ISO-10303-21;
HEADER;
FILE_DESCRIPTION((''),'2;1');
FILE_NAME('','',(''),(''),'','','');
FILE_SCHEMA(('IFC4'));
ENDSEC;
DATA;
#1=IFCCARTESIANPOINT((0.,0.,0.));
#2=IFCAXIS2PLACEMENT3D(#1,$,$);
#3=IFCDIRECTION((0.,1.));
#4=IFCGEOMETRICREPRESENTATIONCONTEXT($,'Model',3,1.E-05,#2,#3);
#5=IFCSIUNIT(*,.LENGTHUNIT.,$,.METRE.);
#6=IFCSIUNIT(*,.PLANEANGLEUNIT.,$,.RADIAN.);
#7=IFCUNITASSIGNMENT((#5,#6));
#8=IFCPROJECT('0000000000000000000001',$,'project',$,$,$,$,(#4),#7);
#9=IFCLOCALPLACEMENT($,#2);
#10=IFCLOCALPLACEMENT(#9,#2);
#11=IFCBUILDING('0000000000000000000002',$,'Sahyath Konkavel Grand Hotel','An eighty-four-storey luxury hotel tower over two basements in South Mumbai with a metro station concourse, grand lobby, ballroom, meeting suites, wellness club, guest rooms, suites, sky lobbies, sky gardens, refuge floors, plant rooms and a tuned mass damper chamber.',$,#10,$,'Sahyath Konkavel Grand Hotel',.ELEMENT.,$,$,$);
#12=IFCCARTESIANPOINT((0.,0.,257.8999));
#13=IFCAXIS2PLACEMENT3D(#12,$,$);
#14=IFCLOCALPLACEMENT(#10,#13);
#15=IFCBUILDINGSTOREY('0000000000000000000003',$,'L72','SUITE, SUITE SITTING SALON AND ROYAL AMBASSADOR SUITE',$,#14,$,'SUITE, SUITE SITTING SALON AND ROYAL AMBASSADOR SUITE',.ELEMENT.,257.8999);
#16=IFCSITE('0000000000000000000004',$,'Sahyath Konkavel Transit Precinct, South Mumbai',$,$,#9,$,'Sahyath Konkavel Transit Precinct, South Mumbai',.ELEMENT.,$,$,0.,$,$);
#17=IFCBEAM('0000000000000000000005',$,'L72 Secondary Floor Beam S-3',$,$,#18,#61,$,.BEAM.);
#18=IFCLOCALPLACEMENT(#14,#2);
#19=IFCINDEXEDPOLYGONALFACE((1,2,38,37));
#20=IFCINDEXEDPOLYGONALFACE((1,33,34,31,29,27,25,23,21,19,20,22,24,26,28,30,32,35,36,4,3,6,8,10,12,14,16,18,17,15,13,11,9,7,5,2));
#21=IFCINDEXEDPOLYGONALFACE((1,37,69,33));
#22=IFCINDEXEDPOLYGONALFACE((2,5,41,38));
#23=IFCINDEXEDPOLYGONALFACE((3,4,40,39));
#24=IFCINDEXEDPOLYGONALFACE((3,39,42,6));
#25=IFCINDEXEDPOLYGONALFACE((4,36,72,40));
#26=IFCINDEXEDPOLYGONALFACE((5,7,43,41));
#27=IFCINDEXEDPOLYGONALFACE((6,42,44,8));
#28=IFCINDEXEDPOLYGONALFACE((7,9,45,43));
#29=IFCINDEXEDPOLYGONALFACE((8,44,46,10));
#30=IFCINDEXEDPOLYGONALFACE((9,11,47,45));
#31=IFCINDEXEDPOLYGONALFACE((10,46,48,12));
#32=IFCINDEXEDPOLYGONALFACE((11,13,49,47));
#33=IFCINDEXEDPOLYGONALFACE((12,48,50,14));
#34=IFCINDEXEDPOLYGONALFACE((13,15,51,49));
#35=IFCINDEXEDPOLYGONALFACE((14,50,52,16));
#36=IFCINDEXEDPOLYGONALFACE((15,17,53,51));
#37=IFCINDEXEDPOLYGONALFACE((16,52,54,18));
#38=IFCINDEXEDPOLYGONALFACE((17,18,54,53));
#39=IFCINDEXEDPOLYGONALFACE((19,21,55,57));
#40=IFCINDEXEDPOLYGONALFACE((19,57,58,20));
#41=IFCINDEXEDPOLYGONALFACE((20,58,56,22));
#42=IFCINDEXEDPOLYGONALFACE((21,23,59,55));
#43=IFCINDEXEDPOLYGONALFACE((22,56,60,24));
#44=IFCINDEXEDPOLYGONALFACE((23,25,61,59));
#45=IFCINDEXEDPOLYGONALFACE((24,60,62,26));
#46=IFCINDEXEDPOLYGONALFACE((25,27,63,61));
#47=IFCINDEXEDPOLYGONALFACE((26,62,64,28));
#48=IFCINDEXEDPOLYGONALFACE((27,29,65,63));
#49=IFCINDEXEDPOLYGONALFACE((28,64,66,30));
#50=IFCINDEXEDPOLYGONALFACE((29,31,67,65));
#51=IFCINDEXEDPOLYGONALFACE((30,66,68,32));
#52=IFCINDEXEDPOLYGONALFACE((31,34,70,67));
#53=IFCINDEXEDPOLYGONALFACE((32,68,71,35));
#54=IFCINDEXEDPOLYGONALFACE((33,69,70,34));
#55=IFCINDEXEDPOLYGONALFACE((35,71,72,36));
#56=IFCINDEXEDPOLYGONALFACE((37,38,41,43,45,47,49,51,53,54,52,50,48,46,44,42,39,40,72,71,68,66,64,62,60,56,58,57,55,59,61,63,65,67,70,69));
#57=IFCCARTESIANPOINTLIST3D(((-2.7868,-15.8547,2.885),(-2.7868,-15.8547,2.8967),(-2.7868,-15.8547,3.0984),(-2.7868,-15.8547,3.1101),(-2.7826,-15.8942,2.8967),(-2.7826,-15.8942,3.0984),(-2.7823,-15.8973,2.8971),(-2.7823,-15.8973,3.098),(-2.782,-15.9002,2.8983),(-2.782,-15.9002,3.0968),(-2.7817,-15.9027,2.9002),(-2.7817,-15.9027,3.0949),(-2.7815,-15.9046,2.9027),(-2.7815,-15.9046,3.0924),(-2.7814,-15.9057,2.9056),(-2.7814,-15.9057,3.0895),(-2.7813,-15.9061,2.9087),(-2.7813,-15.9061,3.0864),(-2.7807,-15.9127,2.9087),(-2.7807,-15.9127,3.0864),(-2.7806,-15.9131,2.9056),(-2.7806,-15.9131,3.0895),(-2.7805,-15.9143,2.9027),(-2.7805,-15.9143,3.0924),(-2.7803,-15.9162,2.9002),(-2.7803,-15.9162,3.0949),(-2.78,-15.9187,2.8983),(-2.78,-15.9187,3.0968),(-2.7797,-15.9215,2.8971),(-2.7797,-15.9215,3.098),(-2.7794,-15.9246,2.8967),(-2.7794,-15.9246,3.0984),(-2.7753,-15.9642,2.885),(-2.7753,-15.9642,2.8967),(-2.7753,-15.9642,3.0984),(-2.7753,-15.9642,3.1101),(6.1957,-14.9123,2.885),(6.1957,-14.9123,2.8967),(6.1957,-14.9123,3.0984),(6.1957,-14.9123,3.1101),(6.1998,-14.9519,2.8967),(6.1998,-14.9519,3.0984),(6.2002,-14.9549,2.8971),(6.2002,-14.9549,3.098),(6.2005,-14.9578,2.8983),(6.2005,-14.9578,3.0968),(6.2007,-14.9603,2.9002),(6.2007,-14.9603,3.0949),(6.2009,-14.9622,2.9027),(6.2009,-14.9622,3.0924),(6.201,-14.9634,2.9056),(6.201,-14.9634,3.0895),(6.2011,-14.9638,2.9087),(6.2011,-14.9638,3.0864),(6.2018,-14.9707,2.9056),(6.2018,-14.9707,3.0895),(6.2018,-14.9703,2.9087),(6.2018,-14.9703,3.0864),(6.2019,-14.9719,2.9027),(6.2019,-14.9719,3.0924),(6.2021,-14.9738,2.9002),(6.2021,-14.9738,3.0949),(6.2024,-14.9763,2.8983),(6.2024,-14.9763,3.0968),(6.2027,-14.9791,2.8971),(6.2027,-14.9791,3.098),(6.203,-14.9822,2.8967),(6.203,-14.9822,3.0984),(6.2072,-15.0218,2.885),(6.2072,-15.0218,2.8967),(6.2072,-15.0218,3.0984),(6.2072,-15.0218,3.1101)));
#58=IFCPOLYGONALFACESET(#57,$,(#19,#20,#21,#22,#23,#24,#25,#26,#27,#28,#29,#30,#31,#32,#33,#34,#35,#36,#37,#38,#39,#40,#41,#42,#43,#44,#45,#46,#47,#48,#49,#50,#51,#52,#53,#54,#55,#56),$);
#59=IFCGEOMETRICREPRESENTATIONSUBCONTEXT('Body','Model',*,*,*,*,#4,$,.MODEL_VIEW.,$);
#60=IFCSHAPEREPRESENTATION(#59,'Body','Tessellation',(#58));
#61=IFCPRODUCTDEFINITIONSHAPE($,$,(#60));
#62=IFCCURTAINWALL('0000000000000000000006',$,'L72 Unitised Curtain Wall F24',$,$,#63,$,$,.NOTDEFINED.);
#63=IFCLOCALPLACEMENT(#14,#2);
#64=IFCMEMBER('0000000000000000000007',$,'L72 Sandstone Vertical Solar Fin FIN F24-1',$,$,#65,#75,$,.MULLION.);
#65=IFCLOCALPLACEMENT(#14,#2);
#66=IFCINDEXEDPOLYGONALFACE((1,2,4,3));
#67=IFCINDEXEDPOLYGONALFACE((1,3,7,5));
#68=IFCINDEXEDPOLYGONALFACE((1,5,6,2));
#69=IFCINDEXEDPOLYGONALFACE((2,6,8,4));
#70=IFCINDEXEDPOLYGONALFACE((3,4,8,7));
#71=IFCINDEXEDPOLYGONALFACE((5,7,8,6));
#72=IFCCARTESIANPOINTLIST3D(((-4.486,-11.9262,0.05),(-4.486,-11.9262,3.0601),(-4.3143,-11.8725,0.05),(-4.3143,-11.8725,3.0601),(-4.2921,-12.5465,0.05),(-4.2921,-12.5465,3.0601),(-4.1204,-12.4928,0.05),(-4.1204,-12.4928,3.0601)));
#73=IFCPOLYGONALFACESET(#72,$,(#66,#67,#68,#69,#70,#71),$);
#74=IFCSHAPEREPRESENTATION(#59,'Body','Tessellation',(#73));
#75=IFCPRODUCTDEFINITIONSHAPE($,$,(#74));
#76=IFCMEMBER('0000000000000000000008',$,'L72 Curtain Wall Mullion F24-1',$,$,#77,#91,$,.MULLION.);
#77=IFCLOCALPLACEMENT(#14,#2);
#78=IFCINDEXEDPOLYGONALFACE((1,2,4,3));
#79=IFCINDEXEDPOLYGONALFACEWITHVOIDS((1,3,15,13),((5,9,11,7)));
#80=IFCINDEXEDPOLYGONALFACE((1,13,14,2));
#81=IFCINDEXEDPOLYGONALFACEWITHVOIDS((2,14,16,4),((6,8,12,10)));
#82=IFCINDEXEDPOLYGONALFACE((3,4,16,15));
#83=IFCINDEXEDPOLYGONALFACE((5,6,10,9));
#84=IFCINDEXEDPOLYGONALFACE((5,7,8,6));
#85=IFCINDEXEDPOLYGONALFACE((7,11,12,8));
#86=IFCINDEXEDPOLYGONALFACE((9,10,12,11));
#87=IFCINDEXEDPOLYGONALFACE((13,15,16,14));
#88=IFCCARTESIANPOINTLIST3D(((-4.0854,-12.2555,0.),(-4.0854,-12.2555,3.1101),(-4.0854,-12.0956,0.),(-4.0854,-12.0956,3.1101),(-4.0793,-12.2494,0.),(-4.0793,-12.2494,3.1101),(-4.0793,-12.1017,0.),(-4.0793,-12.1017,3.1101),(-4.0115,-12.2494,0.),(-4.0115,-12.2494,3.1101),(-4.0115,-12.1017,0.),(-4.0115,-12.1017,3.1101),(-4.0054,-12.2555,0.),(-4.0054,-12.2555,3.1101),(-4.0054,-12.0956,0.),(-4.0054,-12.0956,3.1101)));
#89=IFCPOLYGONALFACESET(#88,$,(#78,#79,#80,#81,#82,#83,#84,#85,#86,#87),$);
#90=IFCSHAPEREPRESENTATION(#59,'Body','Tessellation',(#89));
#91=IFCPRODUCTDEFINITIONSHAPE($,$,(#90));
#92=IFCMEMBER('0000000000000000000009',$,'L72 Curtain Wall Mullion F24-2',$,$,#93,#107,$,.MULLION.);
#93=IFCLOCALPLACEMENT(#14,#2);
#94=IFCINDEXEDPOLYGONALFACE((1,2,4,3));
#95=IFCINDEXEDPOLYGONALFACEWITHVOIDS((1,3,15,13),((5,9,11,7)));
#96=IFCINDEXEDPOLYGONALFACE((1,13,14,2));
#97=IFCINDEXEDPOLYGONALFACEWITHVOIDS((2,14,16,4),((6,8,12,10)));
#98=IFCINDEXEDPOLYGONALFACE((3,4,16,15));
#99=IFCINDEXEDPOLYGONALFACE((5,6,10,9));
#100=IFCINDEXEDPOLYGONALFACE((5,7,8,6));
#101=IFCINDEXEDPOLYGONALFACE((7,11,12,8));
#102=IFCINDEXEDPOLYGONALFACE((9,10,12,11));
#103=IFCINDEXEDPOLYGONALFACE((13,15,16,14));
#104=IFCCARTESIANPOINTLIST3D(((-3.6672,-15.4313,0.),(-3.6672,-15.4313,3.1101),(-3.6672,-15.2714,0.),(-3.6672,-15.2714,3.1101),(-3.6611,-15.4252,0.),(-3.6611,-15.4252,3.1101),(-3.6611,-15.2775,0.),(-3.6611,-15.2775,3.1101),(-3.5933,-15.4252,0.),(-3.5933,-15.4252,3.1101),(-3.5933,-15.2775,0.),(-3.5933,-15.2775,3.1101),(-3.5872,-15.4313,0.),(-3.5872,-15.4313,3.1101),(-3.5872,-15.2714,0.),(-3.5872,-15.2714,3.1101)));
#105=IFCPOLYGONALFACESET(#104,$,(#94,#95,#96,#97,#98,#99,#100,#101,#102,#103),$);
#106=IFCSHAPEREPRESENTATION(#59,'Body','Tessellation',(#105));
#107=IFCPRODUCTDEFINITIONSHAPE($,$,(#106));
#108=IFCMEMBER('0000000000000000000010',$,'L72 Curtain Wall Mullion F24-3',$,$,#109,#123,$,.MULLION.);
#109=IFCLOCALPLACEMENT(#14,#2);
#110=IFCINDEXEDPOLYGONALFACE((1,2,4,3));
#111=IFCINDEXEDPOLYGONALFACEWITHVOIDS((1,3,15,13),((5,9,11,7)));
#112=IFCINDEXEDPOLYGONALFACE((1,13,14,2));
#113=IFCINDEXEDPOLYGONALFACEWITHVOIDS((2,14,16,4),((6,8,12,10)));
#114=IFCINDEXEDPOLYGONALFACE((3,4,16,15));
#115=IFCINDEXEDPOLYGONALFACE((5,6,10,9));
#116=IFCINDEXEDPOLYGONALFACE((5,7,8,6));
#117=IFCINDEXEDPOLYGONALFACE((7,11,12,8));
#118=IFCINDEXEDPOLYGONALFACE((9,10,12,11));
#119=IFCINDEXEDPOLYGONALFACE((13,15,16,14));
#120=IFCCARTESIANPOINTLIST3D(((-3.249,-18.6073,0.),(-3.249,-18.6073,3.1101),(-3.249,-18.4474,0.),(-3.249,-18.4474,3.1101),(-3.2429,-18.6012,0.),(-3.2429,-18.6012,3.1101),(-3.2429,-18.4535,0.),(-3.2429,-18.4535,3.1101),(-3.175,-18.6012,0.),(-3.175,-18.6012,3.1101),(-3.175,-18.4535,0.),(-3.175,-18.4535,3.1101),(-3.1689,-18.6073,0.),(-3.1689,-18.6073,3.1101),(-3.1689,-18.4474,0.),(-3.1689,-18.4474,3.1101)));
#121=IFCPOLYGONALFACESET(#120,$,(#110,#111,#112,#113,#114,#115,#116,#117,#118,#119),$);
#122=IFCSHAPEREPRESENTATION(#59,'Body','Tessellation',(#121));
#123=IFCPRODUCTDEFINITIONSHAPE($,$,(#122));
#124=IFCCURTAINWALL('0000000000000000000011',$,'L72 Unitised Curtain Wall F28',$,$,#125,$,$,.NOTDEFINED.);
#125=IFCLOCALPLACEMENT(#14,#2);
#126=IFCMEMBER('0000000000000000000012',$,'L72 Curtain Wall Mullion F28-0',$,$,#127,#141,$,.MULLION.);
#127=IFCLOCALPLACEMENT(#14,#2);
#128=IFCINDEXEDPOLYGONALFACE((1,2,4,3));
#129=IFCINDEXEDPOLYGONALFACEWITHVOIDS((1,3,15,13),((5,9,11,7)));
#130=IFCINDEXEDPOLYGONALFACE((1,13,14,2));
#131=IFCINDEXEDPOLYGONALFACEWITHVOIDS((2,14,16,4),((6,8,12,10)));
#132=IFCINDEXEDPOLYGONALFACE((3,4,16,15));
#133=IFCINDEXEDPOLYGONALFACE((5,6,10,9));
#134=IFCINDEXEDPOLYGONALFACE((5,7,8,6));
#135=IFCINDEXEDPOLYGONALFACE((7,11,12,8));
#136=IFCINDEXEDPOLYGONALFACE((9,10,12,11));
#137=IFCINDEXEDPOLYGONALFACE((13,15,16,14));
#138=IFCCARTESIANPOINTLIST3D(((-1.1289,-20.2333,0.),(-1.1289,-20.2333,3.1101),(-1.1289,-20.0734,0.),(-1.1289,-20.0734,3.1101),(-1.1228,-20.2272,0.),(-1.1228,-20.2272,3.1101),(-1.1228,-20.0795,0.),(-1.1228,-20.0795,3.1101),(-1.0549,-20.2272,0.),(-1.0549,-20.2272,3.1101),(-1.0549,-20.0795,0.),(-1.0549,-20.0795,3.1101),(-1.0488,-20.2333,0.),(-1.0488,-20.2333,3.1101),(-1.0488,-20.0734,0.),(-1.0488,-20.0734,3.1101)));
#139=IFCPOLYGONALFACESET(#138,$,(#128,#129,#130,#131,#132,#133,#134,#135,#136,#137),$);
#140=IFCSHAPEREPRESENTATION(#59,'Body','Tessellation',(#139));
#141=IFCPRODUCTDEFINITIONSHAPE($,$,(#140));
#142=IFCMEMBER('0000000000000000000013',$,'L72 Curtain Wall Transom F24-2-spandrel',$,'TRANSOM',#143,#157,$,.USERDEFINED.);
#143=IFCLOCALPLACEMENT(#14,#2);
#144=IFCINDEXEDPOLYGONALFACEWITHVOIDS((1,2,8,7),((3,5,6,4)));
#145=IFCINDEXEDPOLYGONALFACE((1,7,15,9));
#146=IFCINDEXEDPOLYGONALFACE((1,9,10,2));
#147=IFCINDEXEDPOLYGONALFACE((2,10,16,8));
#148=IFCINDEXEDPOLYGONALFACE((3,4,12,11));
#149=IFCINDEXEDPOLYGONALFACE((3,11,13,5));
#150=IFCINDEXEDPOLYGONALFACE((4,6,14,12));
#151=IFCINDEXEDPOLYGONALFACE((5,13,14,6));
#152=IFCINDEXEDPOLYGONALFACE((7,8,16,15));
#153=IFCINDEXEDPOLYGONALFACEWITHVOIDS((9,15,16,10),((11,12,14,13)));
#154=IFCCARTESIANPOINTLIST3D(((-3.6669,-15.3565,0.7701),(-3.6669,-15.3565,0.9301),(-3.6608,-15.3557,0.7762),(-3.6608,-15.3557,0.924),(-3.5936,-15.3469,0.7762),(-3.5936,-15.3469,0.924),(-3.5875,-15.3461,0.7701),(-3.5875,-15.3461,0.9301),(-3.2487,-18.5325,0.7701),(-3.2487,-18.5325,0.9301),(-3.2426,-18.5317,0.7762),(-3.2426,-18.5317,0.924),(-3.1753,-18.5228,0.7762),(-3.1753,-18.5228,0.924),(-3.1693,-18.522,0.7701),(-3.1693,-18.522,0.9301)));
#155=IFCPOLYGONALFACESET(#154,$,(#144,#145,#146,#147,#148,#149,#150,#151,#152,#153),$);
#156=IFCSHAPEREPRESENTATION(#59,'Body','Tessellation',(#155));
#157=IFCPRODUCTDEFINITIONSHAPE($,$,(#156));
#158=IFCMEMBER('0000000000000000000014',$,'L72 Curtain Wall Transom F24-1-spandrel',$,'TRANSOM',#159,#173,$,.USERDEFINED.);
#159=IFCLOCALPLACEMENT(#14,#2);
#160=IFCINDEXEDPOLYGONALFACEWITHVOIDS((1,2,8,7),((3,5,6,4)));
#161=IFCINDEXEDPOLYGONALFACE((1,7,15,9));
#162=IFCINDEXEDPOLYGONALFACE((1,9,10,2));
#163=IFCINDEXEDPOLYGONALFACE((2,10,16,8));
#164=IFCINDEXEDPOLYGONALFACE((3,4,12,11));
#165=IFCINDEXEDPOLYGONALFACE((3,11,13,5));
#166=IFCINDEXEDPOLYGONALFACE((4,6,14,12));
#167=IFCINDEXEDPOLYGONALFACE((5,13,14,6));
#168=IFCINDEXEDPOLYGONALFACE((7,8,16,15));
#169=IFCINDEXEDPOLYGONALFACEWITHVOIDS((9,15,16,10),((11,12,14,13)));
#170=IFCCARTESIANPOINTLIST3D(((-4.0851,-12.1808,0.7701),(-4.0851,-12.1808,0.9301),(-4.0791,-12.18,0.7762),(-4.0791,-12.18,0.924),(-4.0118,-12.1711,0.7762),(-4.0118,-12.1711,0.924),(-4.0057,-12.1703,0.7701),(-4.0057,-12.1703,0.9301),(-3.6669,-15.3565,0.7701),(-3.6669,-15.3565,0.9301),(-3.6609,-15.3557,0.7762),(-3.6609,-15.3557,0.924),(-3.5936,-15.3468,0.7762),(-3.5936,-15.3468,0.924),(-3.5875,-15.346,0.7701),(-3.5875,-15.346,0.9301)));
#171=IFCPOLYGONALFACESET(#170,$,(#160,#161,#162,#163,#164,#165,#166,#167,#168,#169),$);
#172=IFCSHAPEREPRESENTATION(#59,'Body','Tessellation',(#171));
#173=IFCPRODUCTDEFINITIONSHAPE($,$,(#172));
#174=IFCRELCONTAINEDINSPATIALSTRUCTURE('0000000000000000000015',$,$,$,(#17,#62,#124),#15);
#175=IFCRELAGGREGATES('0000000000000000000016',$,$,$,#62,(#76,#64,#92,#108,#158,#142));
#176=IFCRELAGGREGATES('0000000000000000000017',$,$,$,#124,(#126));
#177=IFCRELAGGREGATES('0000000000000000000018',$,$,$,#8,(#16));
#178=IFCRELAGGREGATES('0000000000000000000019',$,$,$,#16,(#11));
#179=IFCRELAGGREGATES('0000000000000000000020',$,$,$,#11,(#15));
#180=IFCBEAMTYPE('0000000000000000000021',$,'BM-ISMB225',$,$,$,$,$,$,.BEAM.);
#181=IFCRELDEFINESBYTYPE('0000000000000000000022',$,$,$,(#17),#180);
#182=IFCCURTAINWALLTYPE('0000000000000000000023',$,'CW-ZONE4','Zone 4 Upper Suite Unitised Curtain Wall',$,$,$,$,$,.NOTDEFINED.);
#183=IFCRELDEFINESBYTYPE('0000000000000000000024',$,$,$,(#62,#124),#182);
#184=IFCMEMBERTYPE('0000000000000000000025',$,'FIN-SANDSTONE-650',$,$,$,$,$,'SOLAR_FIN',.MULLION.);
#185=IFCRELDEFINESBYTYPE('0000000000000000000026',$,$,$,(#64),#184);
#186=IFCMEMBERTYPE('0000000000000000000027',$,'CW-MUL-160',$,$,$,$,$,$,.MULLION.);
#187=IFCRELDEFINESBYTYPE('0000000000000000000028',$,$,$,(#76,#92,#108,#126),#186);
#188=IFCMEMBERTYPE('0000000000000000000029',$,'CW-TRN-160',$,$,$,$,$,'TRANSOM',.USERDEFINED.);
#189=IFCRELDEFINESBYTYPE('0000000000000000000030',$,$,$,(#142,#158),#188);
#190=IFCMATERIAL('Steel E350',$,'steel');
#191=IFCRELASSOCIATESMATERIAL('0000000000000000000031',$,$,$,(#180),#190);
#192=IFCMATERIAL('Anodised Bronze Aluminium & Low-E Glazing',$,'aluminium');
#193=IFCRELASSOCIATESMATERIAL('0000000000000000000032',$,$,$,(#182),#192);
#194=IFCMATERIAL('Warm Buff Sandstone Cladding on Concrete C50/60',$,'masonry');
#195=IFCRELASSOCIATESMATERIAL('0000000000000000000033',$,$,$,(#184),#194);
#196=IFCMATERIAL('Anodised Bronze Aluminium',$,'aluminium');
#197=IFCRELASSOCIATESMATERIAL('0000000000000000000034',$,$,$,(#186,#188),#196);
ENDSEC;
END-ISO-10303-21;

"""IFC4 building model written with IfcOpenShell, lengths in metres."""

from ifc_helpers import new_model, si_unit, direction, frame, origin, origin_2d, place, context, subcontext, project, spatial, rectangle, hollow_rectangle, i_section, extrude, source, transform, mapped, material, material_profile, profile_set, type_object, element, aggregate, save


model = new_model("IFC4")

# Units and contexts
model_context = context("Model", 3, precision=1e-05, world=origin(), true_north=direction((0.0, 1.0)))
body_context = subcontext(model_context, "Body", "Model", "MODEL_VIEW")
ifc_project = project(units=[si_unit("LENGTHUNIT", "METRE"), si_unit("PLANEANGLEUNIT", "RADIAN")], contexts=[model_context])

# Site, building, storey
site_placement = place(None, origin())
site = spatial("IfcSite", under=ifc_project, at=site_placement, Name="Sahyath Konkavel Transit Precinct, South Mumbai", LongName="Sahyath Konkavel Transit Precinct, South Mumbai", CompositionType="ELEMENT", RefElevation=0.0)
building_placement = place(site_placement, origin())
building = spatial("IfcBuilding", under=site, at=building_placement, Name="Sahyath Konkavel Grand Hotel", Description="An eighty-four-storey luxury hotel tower over two basements in South Mumbai with a metro station concourse, grand lobby, ballroom, meeting suites, wellness club, guest rooms, suites, sky lobbies, sky gardens, refuge floors, plant rooms and a tuned mass damper chamber.", LongName="Sahyath Konkavel Grand Hotel", CompositionType="ELEMENT")
storey_placement = place(building_placement, frame((0.0, 0.0, 257.8999)))
storey = spatial("IfcBuildingStorey", under=building, at=storey_placement, Name="L72", Description="SUITE, SUITE SITTING SALON AND ROYAL AMBASSADOR SUITE", LongName="SUITE, SUITE SITTING SALON AND ROYAL AMBASSADOR SUITE", CompositionType="ELEMENT", Elevation=257.8999)

# Beam
ifc_material_1 = material(Name="Steel E350", Category="steel")
ifc_material_profile_1 = material_profile(ifc_material_1, i_section(OverallWidth=0.1101, OverallDepth=0.2251, WebThickness=0.0066, FlangeThickness=0.0117, FilletRadius=0.012, at=origin_2d()), Name="ISMB 225")
ifc_profile_set_1 = profile_set([ifc_material_profile_1], Name="Steel E350")
beam_type_1 = type_object("IfcBeamType", Name="BM-ISMB225", PredefinedType="BEAM", material=ifc_profile_set_1)
shared_shape_1 = source(origin(), body_context, "Body", "SweptSolid", [
    extrude(i_section(OverallWidth=0.1101, OverallDepth=0.2251, WebThickness=0.0066, FlangeThickness=0.0117, FilletRadius=0.012, at=origin_2d()), origin(), (0.0, 0.0, 1.0), 9.0317),
])
beam_1_placement = place(storey_placement, frame((-2.781, -15.9094, 2.9976), z_axis=(0.994542, 0.104341, 0.0), x_axis=(-0.104341, 0.994542, 0.0)))
element("IfcBeam", 1, at=beam_1_placement, inside=storey, type_object=beam_type_1, Name="L72 Secondary Floor Beam S-3", PredefinedType="BEAM", context=body_context, shape_type="MappedRepresentation", body=[
    mapped(shared_shape_1, transform((0.0, 0.0, 0.0), scale=1.0)),
])

# Curtain wall, members
ifc_material_2 = material(Name="Anodised Bronze Aluminium & Low-E Glazing", Category="aluminium")
curtain_wall_type = type_object("IfcCurtainWallType", Name="CW-ZONE4", Description="Zone 4 Upper Suite Unitised Curtain Wall", PredefinedType="NOTDEFINED", material=ifc_material_2)
curtain_wall_1_placement = place(storey_placement, origin())
curtain_wall_1 = element("IfcCurtainWall", 2, at=curtain_wall_1_placement, inside=storey, type_object=curtain_wall_type, Name="L72 Unitised Curtain Wall F24", PredefinedType="NOTDEFINED")
ifc_material_3 = material(Name="Warm Buff Sandstone Cladding on Concrete C50/60", Category="masonry")
ifc_material_profile_2 = material_profile(ifc_material_3, rectangle(XDim=0.1799, YDim=0.6499, at=origin_2d()), Name="FIN 180x650")
ifc_profile_set_2 = profile_set([ifc_material_profile_2], Name="Warm Buff Sandstone Cladding on Concrete C50/60")
member_type_1 = type_object("IfcMemberType", Name="FIN-SANDSTONE-650", ElementType="SOLAR_FIN", PredefinedType="MULLION", material=ifc_profile_set_2)
shared_shape_2 = source(origin(), body_context, "Body", "SweptSolid", [
    extrude(rectangle(XDim=0.1799, YDim=0.6499, at=origin_2d()), origin(), (0.0, 0.0, 1.0), 3.01),
])
member_1_placement = place(storey_placement, frame((-4.3032, -12.2095, 0.05), z_axis=(0.0, 0.0, 1.0), x_axis=(0.954449, 0.298375, 0.0)))
member_1 = element("IfcMember", 3, at=member_1_placement, type_object=member_type_1, Name="L72 Sandstone Vertical Solar Fin FIN F24-1", PredefinedType="MULLION", context=body_context, shape_type="MappedRepresentation", body=[
    mapped(shared_shape_2, transform((0.0, 0.0, 0.0), scale=1.0)),
])
ifc_material_4 = material(Name="Anodised Bronze Aluminium", Category="aluminium")
ifc_material_profile_3 = material_profile(ifc_material_4, hollow_rectangle(XDim=0.0801, YDim=0.1599, WallThickness=0.0061, at=origin_2d()), Name="RHS 160x80x6")
ifc_profile_set_3 = profile_set([ifc_material_profile_3], Name="Anodised Bronze Aluminium")
member_type_2 = type_object("IfcMemberType", Name="CW-MUL-160", PredefinedType="MULLION", material=ifc_profile_set_3)
shared_shape_3 = source(origin(), body_context, "Body", "SweptSolid", [
    extrude(hollow_rectangle(XDim=0.0801, YDim=0.1599, WallThickness=0.0061, at=origin_2d()), origin(), (0.0, 0.0, 1.0), 3.1101),
])
member_2_placement = place(storey_placement, frame((-4.0454, -12.1755, 0.0), z_axis=(0.0, 0.0, 1.0), x_axis=(1.0, 0.0, 0.0)))
member_2 = element("IfcMember", 4, at=member_2_placement, type_object=member_type_2, Name="L72 Curtain Wall Mullion F24-1", PredefinedType="MULLION", context=body_context, shape_type="MappedRepresentation", body=[
    mapped(shared_shape_3, transform((0.0, 0.0, 0.0), scale=1.0)),
])
member_3_placement = place(storey_placement, frame((-3.6272, -15.3513, 0.0), z_axis=(0.0, 0.0, 1.0), x_axis=(1.0, 0.0, 0.0)))
member_3 = element("IfcMember", 5, at=member_3_placement, type_object=member_type_2, Name="L72 Curtain Wall Mullion F24-2", PredefinedType="MULLION", context=body_context, shape_type="MappedRepresentation", body=[
    mapped(shared_shape_3, transform((0.0, 0.0, 0.0), scale=1.0)),
])
member_4_placement = place(storey_placement, frame((-3.209, -18.5273, 0.0), z_axis=(0.0, 0.0, 1.0), x_axis=(1.0, 0.0, 0.0)))
member_4 = element("IfcMember", 6, at=member_4_placement, type_object=member_type_2, Name="L72 Curtain Wall Mullion F24-3", PredefinedType="MULLION", context=body_context, shape_type="MappedRepresentation", body=[
    mapped(shared_shape_3, transform((0.0, 0.0, 0.0), scale=1.0)),
])

# Curtain wall, member
curtain_wall_2_placement = place(storey_placement, origin())
curtain_wall_2 = element("IfcCurtainWall", 7, at=curtain_wall_2_placement, inside=storey, type_object=curtain_wall_type, Name="L72 Unitised Curtain Wall F28", PredefinedType="NOTDEFINED")
member_5_placement = place(storey_placement, frame((-1.0889, -20.1533, 0.0), z_axis=(0.0, 0.0, 1.0), x_axis=(1.0, 0.0, 0.0)))
member_5 = element("IfcMember", 8, at=member_5_placement, type_object=member_type_2, Name="L72 Curtain Wall Mullion F28-0", PredefinedType="MULLION", context=body_context, shape_type="MappedRepresentation", body=[
    mapped(shared_shape_3, transform((0.0, 0.0, 0.0), scale=1.0)),
])

# Members
ifc_material_profile_4 = material_profile(ifc_material_4, hollow_rectangle(XDim=0.0801, YDim=0.1599, WallThickness=0.0061, at=origin_2d()), Name="RHS 160x80x6")
ifc_profile_set_4 = profile_set([ifc_material_profile_4], Name="Anodised Bronze Aluminium")
member_type_3 = type_object("IfcMemberType", Name="CW-TRN-160", ElementType="TRANSOM", PredefinedType="USERDEFINED", material=ifc_profile_set_4)
shared_shape_4 = source(origin(), body_context, "Body", "SweptSolid", [
    extrude(hollow_rectangle(XDim=0.0801, YDim=0.1599, WallThickness=0.0061, at=origin_2d()), origin(), (0.0, 0.0, 1.0), 3.2034),
])
member_6_placement = place(storey_placement, frame((-3.6272, -15.3513, 0.8501), z_axis=(0.130551, -0.991442, 0.0), x_axis=(0.991442, 0.130551, 0.0)))
member_6 = element("IfcMember", 9, at=member_6_placement, type_object=member_type_3, Name="L72 Curtain Wall Transom F24-2-spandrel", ObjectType="TRANSOM", PredefinedType="USERDEFINED", context=body_context, shape_type="MappedRepresentation", body=[
    mapped(shared_shape_4, transform((0.0, 0.0, 0.0), scale=1.0)),
])
shared_shape_5 = source(origin(), body_context, "Body", "SweptSolid", [
    extrude(hollow_rectangle(XDim=0.0801, YDim=0.1599, WallThickness=0.0061, at=origin_2d()), origin(), (0.0, 0.0, 1.0), 3.2031),
])
member_7_placement = place(storey_placement, frame((-4.0454, -12.1755, 0.8501), z_axis=(0.130561, -0.99144, 0.0), x_axis=(0.99144, 0.130561, 0.0)))
member_7 = element("IfcMember", 10, at=member_7_placement, type_object=member_type_3, Name="L72 Curtain Wall Transom F24-1-spandrel", ObjectType="TRANSOM", PredefinedType="USERDEFINED", context=body_context, shape_type="MappedRepresentation", body=[
    mapped(shared_shape_5, transform((0.0, 0.0, 0.0), scale=1.0)),
])

aggregate(curtain_wall_1, [member_2, member_1, member_3, member_4, member_7, member_6])
aggregate(curtain_wall_2, [member_5])

save(model, "model.ifc")
